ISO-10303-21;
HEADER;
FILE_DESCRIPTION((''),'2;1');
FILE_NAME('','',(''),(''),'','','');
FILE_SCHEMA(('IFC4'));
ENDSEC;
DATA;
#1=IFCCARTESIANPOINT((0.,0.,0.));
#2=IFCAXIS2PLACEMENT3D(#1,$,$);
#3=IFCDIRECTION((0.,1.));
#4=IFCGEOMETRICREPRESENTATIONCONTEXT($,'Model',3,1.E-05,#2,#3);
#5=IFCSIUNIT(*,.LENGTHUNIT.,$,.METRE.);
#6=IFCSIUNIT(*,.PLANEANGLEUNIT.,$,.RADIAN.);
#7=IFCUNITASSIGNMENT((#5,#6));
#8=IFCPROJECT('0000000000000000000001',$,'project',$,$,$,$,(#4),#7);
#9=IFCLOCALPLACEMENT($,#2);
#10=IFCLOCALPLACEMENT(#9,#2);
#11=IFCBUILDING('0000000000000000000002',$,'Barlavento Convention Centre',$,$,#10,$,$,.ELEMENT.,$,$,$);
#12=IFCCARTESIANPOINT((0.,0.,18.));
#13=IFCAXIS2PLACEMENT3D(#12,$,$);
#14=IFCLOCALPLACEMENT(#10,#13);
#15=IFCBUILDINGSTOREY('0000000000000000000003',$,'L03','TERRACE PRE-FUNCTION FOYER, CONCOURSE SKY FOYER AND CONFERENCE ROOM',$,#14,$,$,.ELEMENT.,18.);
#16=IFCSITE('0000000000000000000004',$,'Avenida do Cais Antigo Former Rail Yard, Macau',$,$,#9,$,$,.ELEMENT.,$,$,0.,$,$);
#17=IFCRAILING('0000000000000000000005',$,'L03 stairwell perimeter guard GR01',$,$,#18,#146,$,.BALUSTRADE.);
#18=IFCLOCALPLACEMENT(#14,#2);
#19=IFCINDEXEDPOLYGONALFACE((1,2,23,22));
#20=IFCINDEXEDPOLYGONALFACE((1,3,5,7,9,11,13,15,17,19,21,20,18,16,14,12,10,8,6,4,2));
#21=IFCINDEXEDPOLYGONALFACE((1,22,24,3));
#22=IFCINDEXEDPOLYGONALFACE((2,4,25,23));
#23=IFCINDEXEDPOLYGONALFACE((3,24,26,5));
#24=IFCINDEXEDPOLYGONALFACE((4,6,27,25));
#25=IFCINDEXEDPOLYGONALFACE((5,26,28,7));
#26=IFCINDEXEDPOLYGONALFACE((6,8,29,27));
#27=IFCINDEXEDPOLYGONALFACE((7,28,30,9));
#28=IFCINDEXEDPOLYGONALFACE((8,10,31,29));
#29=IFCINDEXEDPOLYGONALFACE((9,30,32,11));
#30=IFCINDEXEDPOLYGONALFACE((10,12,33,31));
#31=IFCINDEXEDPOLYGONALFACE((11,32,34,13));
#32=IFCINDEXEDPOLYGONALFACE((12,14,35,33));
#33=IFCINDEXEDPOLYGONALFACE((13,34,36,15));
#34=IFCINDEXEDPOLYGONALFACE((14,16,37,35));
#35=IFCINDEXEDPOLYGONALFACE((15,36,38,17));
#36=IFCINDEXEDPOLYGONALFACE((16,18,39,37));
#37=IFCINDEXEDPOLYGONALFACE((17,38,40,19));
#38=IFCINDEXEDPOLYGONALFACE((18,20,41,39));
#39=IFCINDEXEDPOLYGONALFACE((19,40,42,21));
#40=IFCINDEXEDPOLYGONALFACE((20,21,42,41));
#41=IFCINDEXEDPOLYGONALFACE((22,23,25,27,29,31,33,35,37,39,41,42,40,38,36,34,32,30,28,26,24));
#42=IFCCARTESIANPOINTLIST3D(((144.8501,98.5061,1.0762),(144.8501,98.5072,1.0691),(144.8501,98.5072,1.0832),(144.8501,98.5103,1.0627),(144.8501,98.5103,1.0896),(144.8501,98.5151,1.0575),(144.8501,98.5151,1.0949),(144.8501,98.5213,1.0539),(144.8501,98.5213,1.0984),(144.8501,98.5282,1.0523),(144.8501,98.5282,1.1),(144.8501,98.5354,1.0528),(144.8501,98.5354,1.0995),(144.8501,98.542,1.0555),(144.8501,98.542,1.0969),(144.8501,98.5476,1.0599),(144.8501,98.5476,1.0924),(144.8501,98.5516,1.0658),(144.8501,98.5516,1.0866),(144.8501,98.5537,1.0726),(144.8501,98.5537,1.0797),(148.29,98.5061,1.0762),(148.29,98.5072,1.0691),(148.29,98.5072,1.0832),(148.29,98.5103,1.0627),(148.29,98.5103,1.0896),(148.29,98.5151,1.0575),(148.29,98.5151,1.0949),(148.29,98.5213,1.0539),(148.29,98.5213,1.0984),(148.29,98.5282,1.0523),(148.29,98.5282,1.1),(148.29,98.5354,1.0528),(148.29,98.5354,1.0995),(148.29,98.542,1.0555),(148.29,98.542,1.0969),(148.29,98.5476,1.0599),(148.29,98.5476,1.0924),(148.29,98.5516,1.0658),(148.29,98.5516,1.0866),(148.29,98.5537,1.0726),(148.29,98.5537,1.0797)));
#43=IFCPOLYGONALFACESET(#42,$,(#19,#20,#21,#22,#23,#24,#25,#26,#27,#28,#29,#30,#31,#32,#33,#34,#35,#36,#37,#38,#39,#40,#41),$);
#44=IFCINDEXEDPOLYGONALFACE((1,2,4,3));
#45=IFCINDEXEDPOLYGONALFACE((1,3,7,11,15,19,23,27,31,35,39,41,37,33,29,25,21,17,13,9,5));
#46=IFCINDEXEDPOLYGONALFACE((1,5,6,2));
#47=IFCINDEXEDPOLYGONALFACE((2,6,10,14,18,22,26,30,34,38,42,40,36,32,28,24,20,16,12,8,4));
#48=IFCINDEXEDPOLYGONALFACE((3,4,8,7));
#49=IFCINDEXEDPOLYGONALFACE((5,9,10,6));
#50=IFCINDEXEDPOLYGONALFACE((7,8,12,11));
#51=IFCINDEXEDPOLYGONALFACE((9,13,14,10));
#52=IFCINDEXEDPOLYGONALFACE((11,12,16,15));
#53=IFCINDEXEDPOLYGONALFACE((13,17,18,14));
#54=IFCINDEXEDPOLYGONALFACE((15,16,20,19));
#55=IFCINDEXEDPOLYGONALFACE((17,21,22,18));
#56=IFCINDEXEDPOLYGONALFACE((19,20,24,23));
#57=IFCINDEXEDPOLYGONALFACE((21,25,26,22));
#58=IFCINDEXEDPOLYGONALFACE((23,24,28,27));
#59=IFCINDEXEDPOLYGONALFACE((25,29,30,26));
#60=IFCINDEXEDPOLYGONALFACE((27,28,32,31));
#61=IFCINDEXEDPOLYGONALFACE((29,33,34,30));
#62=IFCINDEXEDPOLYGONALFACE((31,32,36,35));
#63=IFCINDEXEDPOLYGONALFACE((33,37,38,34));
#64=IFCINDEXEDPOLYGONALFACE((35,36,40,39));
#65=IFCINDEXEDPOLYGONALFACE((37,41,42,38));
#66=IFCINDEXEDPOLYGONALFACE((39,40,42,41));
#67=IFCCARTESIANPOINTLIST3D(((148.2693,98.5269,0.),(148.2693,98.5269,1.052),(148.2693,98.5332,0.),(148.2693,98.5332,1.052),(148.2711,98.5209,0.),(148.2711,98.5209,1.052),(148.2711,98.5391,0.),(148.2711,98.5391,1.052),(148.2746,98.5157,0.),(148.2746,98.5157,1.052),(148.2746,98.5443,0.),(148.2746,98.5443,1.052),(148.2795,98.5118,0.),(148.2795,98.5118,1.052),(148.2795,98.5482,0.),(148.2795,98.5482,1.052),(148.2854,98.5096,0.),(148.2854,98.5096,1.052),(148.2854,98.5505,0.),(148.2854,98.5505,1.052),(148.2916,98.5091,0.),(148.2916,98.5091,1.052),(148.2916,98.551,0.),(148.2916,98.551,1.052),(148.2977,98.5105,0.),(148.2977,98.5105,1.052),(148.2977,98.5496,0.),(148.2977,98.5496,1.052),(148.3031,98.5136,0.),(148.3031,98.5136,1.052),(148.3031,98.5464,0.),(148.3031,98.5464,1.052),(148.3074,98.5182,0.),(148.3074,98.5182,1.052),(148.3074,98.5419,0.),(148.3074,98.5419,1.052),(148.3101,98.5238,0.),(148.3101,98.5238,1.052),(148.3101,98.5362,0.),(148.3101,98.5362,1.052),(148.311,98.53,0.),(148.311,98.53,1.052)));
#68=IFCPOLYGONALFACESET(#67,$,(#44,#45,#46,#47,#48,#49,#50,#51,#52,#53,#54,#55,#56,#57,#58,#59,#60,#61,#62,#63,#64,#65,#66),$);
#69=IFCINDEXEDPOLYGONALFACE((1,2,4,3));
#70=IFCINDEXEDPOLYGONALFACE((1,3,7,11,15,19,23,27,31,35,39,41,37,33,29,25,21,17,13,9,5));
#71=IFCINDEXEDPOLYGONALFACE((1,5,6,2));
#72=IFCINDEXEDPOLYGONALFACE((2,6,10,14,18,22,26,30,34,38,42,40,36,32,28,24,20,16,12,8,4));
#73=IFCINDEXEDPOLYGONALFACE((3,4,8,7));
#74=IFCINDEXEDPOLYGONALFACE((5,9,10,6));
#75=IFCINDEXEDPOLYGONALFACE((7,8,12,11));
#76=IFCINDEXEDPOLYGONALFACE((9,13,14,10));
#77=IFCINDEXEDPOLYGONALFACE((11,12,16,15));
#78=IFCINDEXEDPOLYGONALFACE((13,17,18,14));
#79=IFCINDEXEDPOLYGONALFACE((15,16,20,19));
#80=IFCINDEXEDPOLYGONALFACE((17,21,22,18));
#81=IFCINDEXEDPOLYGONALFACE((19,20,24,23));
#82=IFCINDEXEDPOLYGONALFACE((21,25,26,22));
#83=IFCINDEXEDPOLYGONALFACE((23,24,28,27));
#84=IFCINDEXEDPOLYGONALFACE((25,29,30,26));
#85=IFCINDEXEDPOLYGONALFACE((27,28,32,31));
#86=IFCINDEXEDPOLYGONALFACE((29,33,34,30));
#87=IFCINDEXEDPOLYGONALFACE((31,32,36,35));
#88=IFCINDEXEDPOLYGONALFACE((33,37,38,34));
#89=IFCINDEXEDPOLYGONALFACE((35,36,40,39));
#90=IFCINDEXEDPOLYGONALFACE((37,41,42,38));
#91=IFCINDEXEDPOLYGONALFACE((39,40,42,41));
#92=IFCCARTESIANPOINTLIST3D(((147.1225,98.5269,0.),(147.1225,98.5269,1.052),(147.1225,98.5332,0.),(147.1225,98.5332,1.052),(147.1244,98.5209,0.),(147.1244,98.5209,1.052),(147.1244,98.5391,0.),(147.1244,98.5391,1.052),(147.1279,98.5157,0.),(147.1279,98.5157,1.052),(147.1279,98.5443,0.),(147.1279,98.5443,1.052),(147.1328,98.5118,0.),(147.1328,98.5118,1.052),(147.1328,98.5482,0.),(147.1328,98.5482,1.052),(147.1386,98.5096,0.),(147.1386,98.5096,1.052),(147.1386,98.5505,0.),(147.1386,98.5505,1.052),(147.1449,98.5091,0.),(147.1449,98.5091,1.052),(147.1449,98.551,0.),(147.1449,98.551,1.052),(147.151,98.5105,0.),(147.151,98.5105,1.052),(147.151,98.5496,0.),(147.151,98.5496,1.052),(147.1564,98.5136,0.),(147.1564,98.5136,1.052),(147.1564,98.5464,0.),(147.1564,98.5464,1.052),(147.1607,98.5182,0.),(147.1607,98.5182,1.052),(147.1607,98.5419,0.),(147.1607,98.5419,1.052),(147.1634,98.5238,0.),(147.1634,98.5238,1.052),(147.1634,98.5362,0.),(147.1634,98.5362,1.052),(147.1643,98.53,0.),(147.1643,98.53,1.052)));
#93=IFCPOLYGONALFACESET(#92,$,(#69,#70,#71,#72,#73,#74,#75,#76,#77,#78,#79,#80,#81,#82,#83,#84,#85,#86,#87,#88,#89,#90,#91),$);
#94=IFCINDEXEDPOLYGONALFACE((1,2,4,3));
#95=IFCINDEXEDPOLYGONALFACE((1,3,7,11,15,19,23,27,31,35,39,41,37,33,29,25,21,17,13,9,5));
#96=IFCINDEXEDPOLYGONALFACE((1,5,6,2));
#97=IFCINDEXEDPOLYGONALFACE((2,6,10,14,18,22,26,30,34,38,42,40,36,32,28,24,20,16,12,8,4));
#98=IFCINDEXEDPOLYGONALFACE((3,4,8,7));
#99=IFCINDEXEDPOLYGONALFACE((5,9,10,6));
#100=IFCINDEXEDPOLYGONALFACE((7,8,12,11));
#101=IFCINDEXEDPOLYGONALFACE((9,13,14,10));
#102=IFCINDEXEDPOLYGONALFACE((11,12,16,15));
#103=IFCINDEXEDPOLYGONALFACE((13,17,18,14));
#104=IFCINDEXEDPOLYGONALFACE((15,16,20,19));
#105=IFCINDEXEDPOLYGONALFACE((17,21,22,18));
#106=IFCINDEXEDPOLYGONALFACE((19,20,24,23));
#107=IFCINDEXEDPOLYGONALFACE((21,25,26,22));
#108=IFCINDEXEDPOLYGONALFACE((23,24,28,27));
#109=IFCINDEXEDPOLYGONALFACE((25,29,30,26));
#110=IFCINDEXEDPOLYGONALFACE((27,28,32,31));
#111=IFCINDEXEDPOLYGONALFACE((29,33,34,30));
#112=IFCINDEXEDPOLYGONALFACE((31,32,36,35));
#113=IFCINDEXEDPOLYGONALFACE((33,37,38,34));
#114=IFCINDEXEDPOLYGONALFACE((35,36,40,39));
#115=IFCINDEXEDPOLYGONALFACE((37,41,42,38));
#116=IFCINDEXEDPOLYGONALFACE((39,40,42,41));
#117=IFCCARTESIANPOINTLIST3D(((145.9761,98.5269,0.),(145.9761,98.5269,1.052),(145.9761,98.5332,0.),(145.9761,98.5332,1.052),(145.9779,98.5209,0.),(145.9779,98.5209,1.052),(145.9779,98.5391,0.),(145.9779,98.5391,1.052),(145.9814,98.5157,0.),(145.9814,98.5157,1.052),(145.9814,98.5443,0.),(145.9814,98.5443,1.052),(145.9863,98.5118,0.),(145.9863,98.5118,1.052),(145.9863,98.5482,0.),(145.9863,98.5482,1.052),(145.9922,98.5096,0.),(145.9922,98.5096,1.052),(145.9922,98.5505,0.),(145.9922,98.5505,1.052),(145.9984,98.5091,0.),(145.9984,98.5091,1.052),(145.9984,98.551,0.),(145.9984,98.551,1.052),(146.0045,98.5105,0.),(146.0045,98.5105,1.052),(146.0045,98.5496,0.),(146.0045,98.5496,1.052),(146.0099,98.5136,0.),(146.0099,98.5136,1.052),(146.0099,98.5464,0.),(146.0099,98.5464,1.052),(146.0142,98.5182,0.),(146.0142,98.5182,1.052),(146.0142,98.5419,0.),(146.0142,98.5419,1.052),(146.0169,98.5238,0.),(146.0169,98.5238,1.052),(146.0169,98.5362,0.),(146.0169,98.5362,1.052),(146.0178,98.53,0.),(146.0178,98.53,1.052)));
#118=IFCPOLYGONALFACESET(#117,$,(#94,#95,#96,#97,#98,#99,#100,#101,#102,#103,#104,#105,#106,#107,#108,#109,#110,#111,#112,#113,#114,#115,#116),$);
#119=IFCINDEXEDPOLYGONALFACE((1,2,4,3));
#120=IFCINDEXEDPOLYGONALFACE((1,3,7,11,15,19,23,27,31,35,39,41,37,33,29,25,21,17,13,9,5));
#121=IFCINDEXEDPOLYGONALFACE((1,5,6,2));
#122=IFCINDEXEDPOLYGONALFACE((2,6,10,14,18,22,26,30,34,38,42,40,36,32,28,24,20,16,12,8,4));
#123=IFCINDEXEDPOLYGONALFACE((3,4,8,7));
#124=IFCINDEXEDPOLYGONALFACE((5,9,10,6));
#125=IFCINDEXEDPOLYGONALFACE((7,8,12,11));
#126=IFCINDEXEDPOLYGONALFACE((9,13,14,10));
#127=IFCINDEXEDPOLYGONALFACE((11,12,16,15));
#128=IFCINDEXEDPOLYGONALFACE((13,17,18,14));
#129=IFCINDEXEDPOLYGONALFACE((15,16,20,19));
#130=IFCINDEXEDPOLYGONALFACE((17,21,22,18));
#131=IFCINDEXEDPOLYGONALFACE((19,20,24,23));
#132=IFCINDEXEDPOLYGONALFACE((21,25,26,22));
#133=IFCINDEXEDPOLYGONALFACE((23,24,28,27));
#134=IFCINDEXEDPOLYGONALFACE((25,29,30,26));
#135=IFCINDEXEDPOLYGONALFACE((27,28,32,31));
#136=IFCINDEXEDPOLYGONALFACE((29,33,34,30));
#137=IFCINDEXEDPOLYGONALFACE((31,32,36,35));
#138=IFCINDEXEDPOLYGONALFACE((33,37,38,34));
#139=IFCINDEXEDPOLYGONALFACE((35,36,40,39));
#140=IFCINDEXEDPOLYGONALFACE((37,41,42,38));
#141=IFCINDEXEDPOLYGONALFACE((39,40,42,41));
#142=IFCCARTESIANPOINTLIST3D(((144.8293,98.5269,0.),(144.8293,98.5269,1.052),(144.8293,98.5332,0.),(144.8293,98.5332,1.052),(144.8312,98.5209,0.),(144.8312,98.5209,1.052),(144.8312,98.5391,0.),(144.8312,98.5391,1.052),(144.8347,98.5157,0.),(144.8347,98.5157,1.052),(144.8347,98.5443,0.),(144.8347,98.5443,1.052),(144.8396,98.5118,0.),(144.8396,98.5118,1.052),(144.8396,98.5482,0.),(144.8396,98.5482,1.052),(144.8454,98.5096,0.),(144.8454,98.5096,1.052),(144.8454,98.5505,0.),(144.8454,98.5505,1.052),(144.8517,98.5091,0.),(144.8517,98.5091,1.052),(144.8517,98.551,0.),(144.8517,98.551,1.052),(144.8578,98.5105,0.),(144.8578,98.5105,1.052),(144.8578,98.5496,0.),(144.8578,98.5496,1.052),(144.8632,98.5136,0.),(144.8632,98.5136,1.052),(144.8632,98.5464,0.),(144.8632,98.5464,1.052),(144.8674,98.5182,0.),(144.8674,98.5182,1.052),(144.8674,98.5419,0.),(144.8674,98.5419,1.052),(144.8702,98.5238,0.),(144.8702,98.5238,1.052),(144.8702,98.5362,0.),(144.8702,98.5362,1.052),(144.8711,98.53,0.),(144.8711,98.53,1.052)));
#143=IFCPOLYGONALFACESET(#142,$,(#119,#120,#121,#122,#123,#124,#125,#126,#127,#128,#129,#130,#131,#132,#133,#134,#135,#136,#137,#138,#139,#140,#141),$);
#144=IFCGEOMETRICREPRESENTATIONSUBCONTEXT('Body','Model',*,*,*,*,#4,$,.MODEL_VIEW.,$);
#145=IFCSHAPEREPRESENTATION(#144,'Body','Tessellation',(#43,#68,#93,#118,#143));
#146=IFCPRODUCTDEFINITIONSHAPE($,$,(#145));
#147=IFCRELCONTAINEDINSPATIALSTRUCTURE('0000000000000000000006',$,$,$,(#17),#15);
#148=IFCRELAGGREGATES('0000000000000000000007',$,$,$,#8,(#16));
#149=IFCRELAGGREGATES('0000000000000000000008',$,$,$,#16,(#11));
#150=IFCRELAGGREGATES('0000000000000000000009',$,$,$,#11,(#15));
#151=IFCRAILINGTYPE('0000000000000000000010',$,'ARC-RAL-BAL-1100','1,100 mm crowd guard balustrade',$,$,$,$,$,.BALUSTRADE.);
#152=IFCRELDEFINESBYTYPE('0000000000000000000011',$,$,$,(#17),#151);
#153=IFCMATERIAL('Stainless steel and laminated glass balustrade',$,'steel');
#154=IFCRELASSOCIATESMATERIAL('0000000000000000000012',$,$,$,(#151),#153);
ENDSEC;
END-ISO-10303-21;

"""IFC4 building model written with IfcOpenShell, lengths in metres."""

from ifc_helpers import new_model, si_unit, direction, frame, origin, origin_2d, place, context, subcontext, project, spatial, circle, extrude, material, type_object, element, save


model = new_model("IFC4")

# Units and contexts
model_context = context("Model", 3, precision=1e-05, world=origin(), true_north=direction((0.0, 1.0)))
body_context = subcontext(model_context, "Body", "Model", "MODEL_VIEW")
ifc_project = project(units=[si_unit("LENGTHUNIT", "METRE"), si_unit("PLANEANGLEUNIT", "RADIAN")], contexts=[model_context])

# Site, building, storey
site_placement = place(None, origin())
site = spatial("IfcSite", under=ifc_project, at=site_placement, Name="Avenida do Cais Antigo Former Rail Yard, Macau", CompositionType="ELEMENT", RefElevation=0.0)
building_placement = place(site_placement, origin())
building = spatial("IfcBuilding", under=site, at=building_placement, Name="Barlavento Convention Centre", CompositionType="ELEMENT")
storey_placement = place(building_placement, frame((0.0, 0.0, 18.0)))
storey = spatial("IfcBuildingStorey", under=building, at=storey_placement, Name="L03", Description="TERRACE PRE-FUNCTION FOYER, CONCOURSE SKY FOYER AND CONFERENCE ROOM", CompositionType="ELEMENT", Elevation=18.0)

# Railing
ifc_material_1 = material(Name="Stainless steel and laminated glass balustrade", Category="steel")
railing_type_1 = type_object("IfcRailingType", Name="ARC-RAL-BAL-1100", Description="1,100 mm crowd guard balustrade", PredefinedType="BALUSTRADE", material=ifc_material_1)
railing_1_placement = place(storey_placement, frame((148.29, 98.53, 0.0)))
element("IfcRailing", 1, at=railing_1_placement, inside=storey, type_object=railing_type_1, Name="L03 stairwell perimeter guard GR01", PredefinedType="BALUSTRADE", context=body_context, shape_type="SweptSolid", body=[
    extrude(circle(Radius=0.0239, at=origin_2d()), frame((0.0, 0.0, 1.0762), z_axis=(-1.0, 0.0, 0.0), x_axis=(0.0, -1.0, 0.0)), (0.0, 0.0, 1.0), 3.4399),
    extrude(circle(Radius=0.021, at=origin_2d()), origin(), (0.0, 0.0, 1.0), 1.052),
    extrude(circle(Radius=0.021, at=origin_2d()), frame((-1.1467, 0.0, 0.0)), (0.0, 0.0, 1.0), 1.052),
    extrude(circle(Radius=0.021, at=origin_2d()), frame((-2.2932, 0.0, 0.0)), (0.0, 0.0, 1.0), 1.052),
    extrude(circle(Radius=0.021, at=origin_2d()), frame((-3.4399, 0.0, 0.0)), (0.0, 0.0, 1.0), 1.052),
])

save(model, "model.ifc")
